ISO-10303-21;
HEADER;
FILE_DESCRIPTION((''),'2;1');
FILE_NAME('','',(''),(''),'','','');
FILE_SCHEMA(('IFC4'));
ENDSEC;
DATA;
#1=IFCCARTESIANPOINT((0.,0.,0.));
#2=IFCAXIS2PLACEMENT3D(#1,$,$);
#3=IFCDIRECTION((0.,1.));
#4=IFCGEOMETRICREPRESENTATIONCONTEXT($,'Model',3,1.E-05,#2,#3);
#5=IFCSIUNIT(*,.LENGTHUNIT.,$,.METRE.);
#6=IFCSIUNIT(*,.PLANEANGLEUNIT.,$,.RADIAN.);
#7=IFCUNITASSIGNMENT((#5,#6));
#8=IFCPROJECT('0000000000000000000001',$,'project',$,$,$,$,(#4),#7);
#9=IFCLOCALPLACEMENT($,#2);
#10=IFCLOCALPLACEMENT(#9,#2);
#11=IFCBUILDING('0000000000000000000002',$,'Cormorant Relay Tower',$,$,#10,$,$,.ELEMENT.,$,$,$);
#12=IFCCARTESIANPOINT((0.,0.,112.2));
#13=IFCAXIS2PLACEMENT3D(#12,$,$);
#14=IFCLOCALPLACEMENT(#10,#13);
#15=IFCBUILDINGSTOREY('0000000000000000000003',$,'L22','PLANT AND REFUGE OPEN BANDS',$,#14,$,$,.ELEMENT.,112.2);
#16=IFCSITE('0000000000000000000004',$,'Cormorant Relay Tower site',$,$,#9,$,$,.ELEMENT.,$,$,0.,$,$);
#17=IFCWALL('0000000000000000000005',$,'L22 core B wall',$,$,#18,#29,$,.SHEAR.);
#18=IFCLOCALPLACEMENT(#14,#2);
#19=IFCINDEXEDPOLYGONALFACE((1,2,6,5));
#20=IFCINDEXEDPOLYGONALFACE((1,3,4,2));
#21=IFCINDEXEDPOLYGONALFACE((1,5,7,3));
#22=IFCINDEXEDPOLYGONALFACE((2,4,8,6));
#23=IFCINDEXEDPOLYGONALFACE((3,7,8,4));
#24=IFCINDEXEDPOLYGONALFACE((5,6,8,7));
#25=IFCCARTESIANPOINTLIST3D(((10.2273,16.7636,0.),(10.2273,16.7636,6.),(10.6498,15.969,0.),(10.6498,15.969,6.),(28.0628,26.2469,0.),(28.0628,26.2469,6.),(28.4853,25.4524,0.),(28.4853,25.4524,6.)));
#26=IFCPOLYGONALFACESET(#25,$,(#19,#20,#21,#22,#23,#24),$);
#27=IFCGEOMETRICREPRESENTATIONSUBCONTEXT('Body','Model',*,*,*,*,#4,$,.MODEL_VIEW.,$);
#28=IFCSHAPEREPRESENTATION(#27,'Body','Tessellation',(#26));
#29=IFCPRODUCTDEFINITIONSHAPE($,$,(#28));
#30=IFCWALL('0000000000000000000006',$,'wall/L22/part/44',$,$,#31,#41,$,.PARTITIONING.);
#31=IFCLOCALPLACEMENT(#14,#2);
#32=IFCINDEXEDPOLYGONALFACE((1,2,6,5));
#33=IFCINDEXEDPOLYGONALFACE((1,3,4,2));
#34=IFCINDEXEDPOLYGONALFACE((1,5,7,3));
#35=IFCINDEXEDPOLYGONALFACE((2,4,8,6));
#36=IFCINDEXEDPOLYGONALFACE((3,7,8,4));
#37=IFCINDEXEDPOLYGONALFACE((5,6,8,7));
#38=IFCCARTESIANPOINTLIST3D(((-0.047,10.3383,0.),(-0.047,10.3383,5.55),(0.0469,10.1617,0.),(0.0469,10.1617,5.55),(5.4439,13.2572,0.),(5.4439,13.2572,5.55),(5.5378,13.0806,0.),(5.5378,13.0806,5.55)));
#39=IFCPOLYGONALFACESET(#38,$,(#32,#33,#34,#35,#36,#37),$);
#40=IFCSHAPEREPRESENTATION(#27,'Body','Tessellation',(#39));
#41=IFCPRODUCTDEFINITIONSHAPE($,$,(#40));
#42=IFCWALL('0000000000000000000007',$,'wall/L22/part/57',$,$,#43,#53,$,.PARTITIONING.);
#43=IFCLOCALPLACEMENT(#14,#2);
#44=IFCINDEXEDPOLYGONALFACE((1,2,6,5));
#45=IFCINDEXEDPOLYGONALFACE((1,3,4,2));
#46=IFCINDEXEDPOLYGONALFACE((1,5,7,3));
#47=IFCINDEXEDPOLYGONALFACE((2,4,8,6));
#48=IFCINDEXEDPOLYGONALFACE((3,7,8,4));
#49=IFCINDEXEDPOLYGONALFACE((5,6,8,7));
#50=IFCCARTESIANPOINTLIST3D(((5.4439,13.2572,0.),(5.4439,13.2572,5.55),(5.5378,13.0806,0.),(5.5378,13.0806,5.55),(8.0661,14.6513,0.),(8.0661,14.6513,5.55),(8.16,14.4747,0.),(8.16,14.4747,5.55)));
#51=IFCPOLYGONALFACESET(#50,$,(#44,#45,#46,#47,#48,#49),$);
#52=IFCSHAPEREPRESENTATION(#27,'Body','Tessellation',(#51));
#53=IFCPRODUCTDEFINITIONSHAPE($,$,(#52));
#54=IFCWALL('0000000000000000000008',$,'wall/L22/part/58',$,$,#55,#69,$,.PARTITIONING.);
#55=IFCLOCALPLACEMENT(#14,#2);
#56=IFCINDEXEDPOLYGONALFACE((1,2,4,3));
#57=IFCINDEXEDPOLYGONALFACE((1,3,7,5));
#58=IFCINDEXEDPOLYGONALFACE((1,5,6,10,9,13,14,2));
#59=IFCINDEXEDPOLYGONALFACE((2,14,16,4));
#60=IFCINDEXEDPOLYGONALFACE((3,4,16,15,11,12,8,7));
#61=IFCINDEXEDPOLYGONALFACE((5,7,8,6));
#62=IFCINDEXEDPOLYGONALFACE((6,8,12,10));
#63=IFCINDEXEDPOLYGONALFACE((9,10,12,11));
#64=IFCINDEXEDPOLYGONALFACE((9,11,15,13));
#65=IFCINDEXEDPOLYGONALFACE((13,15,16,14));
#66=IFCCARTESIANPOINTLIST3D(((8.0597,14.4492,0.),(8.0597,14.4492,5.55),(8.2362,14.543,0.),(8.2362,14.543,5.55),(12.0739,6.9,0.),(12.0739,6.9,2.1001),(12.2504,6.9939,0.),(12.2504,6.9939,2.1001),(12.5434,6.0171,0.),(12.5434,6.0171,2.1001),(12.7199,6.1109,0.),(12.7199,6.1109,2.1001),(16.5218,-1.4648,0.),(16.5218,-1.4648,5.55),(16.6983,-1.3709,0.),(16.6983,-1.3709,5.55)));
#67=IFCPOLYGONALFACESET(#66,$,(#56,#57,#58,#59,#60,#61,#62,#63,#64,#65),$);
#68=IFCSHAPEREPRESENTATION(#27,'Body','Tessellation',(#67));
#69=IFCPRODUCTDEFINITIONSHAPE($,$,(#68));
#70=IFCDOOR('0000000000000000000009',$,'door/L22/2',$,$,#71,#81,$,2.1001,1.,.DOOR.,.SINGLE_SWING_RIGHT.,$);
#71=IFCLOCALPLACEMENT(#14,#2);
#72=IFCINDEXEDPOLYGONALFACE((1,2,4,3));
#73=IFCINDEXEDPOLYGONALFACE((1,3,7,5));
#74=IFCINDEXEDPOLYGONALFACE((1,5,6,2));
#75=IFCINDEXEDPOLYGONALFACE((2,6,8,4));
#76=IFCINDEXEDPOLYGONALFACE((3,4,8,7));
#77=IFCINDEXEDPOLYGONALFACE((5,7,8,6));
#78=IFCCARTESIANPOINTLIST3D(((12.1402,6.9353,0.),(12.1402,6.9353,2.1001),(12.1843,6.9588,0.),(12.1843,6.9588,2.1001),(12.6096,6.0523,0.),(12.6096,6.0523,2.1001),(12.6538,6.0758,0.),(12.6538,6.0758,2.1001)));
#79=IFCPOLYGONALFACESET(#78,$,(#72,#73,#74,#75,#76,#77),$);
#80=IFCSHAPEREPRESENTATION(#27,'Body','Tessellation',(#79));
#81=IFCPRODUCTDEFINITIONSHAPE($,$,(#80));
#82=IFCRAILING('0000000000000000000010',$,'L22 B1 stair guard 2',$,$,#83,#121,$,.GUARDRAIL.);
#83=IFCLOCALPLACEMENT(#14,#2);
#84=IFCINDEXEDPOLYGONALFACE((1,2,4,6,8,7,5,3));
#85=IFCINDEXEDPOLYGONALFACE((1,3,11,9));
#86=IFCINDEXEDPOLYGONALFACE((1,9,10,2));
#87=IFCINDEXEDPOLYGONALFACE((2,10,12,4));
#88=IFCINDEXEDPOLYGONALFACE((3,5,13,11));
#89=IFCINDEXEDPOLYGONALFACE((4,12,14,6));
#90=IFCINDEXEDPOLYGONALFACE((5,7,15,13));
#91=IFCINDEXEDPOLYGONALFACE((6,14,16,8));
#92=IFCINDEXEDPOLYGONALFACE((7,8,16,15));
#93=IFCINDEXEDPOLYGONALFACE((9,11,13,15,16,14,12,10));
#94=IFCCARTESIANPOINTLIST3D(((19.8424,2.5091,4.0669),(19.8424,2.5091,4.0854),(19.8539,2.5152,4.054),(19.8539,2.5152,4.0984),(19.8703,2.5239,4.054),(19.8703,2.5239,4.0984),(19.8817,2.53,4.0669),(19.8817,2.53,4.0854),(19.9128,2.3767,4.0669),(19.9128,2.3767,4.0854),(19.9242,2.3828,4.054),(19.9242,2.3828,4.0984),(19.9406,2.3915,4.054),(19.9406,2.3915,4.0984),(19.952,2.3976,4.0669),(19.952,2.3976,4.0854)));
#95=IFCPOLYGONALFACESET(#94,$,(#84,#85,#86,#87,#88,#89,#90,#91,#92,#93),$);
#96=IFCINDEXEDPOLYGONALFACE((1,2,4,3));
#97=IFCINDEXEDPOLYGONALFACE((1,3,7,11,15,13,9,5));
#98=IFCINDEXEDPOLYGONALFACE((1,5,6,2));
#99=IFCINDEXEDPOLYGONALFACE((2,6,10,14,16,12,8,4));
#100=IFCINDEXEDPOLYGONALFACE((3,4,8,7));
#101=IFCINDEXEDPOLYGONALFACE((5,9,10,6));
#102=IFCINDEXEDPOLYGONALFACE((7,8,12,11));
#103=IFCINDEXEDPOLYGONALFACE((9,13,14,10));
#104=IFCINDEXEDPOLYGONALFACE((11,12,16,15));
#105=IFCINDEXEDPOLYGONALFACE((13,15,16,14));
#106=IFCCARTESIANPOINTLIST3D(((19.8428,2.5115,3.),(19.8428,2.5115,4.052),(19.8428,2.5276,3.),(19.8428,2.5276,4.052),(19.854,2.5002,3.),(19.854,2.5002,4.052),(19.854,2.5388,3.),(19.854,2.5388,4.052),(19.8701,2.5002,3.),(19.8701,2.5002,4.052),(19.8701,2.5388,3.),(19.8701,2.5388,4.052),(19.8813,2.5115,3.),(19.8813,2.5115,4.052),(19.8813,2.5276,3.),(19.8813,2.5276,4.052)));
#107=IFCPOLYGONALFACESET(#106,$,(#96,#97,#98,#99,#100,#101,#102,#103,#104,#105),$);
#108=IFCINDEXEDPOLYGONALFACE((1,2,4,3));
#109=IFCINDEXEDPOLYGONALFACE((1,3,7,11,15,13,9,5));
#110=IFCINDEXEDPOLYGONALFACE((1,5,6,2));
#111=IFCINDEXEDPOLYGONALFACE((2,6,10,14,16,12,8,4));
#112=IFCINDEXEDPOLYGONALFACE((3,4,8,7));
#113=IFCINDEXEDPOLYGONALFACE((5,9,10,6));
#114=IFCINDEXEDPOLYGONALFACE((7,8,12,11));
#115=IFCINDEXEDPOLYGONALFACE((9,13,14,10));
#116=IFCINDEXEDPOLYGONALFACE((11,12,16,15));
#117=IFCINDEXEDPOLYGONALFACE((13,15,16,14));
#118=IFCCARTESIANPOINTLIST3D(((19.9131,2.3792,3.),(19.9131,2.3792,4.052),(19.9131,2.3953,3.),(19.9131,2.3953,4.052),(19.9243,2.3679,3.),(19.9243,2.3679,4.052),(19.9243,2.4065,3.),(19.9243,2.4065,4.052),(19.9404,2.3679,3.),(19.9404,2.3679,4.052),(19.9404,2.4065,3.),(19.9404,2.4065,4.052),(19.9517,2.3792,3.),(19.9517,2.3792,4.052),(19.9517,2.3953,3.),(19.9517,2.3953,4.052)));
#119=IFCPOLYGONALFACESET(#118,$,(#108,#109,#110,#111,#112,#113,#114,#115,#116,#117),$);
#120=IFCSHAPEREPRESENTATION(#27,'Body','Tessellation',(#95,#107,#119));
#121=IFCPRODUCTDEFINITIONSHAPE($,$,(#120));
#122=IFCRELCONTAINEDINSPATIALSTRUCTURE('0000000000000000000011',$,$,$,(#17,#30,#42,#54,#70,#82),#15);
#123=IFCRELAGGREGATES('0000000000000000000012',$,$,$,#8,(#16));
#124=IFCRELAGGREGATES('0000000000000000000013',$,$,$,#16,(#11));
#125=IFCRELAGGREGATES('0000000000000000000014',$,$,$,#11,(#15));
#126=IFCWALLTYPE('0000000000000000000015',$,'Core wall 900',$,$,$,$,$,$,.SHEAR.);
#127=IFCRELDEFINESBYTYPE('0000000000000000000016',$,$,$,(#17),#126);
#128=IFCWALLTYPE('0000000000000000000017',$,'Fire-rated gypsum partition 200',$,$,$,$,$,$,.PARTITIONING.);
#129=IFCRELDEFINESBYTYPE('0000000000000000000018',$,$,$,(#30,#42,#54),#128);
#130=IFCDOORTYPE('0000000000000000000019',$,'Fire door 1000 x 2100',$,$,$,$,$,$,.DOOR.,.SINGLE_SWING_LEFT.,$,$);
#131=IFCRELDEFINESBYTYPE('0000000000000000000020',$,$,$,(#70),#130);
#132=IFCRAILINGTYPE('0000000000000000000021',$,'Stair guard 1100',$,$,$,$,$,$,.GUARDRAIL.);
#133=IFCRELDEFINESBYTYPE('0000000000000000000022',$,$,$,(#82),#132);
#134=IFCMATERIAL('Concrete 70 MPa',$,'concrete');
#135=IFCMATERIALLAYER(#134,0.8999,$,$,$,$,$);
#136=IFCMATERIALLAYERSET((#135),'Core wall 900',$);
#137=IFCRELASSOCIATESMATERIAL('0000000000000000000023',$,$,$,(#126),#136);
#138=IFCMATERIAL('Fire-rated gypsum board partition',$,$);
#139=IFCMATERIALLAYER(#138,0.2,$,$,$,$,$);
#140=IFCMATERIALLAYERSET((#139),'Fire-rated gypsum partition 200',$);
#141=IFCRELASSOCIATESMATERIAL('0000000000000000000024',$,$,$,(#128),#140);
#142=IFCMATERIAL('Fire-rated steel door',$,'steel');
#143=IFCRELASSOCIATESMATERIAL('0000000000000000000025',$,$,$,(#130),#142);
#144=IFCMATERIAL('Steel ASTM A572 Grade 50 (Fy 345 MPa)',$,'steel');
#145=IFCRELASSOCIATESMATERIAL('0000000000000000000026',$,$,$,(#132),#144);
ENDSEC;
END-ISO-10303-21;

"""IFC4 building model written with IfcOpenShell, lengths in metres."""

from ifc_helpers import new_model, si_unit, direction, frame, frame_2d, origin, place, context, subcontext, project, spatial, polyline, rectangle, outline, extrude, material, layer, layer_set, type_object, element, fill, save


model = new_model("IFC4")

# Units and contexts
model_context = context("Model", 3, precision=1e-05, world=origin(), true_north=direction((0.0, 1.0)))
body_context = subcontext(model_context, "Body", "Model", "MODEL_VIEW")
ifc_project = project(units=[si_unit("LENGTHUNIT", "METRE"), si_unit("PLANEANGLEUNIT", "RADIAN")], contexts=[model_context])

# Site, building, storey
site_placement = place(None, origin())
site = spatial("IfcSite", under=ifc_project, at=site_placement, Name="Cormorant Relay Tower site", CompositionType="ELEMENT", RefElevation=0.0)
building_placement = place(site_placement, origin())
building = spatial("IfcBuilding", under=site, at=building_placement, Name="Cormorant Relay Tower", CompositionType="ELEMENT")
storey_placement = place(building_placement, frame((0.0, 0.0, 112.2)))
storey = spatial("IfcBuildingStorey", under=building, at=storey_placement, Name="L22", Description="PLANT AND REFUGE OPEN BANDS", CompositionType="ELEMENT", Elevation=112.2)

# Walls
ifc_material_1 = material(Name="Concrete 70 MPa", Category="concrete")
ifc_layer_1 = layer(ifc_material_1, 0.8999)
ifc_layer_set_1 = layer_set([ifc_layer_1], Name="Core wall 900")
wall_type_1 = type_object("IfcWallType", Name="Core wall 900", PredefinedType="SHEAR", material=ifc_layer_set_1)
wall_1_placement = place(storey_placement, frame((10.4385, 16.3662, 0.0), z_axis=(0.0, 0.0, 1.0), x_axis=(0.882945, 0.469476, 0.0)))
element("IfcWall", 1, at=wall_1_placement, inside=storey, type_object=wall_type_1, Name="L22 core B wall", PredefinedType="SHEAR", context=body_context, shape_type="SweptSolid", body=[
    extrude(rectangle(XDim=20.2, YDim=0.8999, at=frame_2d((10.1001, 0.0))), origin(), (0.0, 0.0, 1.0), 6.0),
])
ifc_material_2 = material(Name="Fire-rated gypsum board partition")
ifc_layer_2 = layer(ifc_material_2, 0.2)
ifc_layer_set_2 = layer_set([ifc_layer_2], Name="Fire-rated gypsum partition 200")
wall_type_2 = type_object("IfcWallType", Name="Fire-rated gypsum partition 200", PredefinedType="PARTITIONING", material=ifc_layer_set_2)
wall_2_placement = place(storey_placement, frame((5.491, 13.1689, 0.0), z_axis=(0.0, 0.0, 1.0), x_axis=(-0.882991, -0.46939, 0.0)))
element("IfcWall", 2, at=wall_2_placement, inside=storey, type_object=wall_type_2, Name="wall/L22/part/44", PredefinedType="PARTITIONING", context=body_context, shape_type="SweptSolid", body=[
    extrude(rectangle(XDim=6.2185, YDim=0.2, at=frame_2d((3.1094, 0.0))), origin(), (0.0, 0.0, 1.0), 5.55),
])
wall_3_placement = place(storey_placement, frame((8.113, 14.563, 0.0), z_axis=(0.0, 0.0, 1.0), x_axis=(-0.882967, -0.469436, 0.0)))
element("IfcWall", 3, at=wall_3_placement, inside=storey, type_object=wall_type_2, Name="wall/L22/part/57", PredefinedType="PARTITIONING", context=body_context, shape_type="SweptSolid", body=[
    extrude(rectangle(XDim=2.9697, YDim=0.2, at=frame_2d((1.4849, 0.0))), origin(), (0.0, 0.0, 1.0), 5.55),
])

# Wall, opening, door
wall_4_placement = place(storey_placement, frame((8.1479, 14.4961, 0.0), z_axis=(0.0, 0.0, 1.0), x_axis=(0.469493, -0.882936, 0.0)))
wall_4 = element("IfcWall", 4, at=wall_4_placement, inside=storey, type_object=wall_type_2, Name="wall/L22/part/58", PredefinedType="PARTITIONING", context=body_context, shape_type="SweptSolid", body=[
    extrude(rectangle(XDim=18.0239, YDim=0.2, at=frame_2d((9.012, 0.0))), origin(), (0.0, 0.0, 1.0), 5.55),
])
opening_1_placement = place(wall_4_placement, frame((8.55, 0.0, 0.0)))
opening_1 = element("IfcOpeningElement", 5, at=opening_1_placement, cuts=wall_4, PredefinedType="OPENING", context=body_context, shape_type="SweptSolid", body=[
    extrude(rectangle(XDim=1.0, YDim=2.1001, at=frame_2d((0.5, 1.05))), frame((0.0, 0.1099, 0.0), z_axis=(0.0, -1.0, 0.0), x_axis=(1.0, 0.0, 0.0)), (0.0, 0.0, 1.0), 0.22),
])
ifc_material_3 = material(Name="Fire-rated steel door", Category="steel")
door_type_1 = type_object("IfcDoorType", Name="Fire door 1000 x 2100", OperationType="SINGLE_SWING_LEFT", PredefinedType="DOOR", material=ifc_material_3)
door_1_placement = place(opening_1_placement, frame((1.0, 0.0, 0.0), z_axis=(0.0, 0.0, 1.0), x_axis=(-1.0, 0.0, 0.0)))
door_1 = element("IfcDoor", 6, at=door_1_placement, inside=storey, type_object=door_type_1, Name="door/L22/2", OperationType="SINGLE_SWING_RIGHT", OverallHeight=2.1001, OverallWidth=1.0, PredefinedType="DOOR", context=body_context, shape_type="SweptSolid", body=[
    extrude(rectangle(XDim=1.0, YDim=2.1001, at=frame_2d((0.5, 1.05))), frame((0.0, 0.0249, 0.0), z_axis=(0.0, -1.0, 0.0), x_axis=(1.0, 0.0, 0.0)), (0.0, 0.0, 1.0), 0.05),
])
fill(opening_1, door_1)

# Railing
ifc_material_4 = material(Name="Steel ASTM A572 Grade 50 (Fy 345 MPa)", Category="steel")
railing_type = type_object("IfcRailingType", Name="Stair guard 1100", PredefinedType="GUARDRAIL", material=ifc_material_4)
railing_1_placement = place(storey_placement, frame((19.8621, 2.5195, 3.0)))
element("IfcRailing", 7, at=railing_1_placement, inside=storey, type_object=railing_type, Name="L22 B1 stair guard 2", PredefinedType="GUARDRAIL", context=body_context, shape_type="SweptSolid", body=[
    extrude(outline(polyline([(0.0222, 0.0093), (0.0093, 0.0222), (-0.0093, 0.0222), (-0.0222, 0.0093), (-0.0222, -0.0093), (-0.0093, -0.0222), (0.0093, -0.0222), (0.0222, -0.0093), (0.0222, 0.0093)])), frame((0.0, 0.0, 1.0762), z_axis=(0.469235, -0.883074, 0.0), x_axis=(0.883074, 0.469235, 0.0)), (0.0, 0.0, 1.0), 0.1499),
    extrude(outline(polyline([(0.0193, 0.0081), (0.0081, 0.0193), (-0.0081, 0.0193), (-0.0193, 0.0081), (-0.0193, -0.0081), (-0.0081, -0.0193), (0.0081, -0.0193), (0.0193, -0.0081), (0.0193, 0.0081)])), origin(), (0.0, 0.0, 1.0), 1.052),
    extrude(outline(polyline([(0.0193, 0.0081), (0.0081, 0.0193), (-0.0081, 0.0193), (-0.0193, 0.0081), (-0.0193, -0.0081), (-0.0081, -0.0193), (0.0081, -0.0193), (0.0193, -0.0081), (0.0193, 0.0081)])), frame((0.0703, -0.1323, 0.0)), (0.0, 0.0, 1.0), 1.052),
])

save(model, "model.ifc")
